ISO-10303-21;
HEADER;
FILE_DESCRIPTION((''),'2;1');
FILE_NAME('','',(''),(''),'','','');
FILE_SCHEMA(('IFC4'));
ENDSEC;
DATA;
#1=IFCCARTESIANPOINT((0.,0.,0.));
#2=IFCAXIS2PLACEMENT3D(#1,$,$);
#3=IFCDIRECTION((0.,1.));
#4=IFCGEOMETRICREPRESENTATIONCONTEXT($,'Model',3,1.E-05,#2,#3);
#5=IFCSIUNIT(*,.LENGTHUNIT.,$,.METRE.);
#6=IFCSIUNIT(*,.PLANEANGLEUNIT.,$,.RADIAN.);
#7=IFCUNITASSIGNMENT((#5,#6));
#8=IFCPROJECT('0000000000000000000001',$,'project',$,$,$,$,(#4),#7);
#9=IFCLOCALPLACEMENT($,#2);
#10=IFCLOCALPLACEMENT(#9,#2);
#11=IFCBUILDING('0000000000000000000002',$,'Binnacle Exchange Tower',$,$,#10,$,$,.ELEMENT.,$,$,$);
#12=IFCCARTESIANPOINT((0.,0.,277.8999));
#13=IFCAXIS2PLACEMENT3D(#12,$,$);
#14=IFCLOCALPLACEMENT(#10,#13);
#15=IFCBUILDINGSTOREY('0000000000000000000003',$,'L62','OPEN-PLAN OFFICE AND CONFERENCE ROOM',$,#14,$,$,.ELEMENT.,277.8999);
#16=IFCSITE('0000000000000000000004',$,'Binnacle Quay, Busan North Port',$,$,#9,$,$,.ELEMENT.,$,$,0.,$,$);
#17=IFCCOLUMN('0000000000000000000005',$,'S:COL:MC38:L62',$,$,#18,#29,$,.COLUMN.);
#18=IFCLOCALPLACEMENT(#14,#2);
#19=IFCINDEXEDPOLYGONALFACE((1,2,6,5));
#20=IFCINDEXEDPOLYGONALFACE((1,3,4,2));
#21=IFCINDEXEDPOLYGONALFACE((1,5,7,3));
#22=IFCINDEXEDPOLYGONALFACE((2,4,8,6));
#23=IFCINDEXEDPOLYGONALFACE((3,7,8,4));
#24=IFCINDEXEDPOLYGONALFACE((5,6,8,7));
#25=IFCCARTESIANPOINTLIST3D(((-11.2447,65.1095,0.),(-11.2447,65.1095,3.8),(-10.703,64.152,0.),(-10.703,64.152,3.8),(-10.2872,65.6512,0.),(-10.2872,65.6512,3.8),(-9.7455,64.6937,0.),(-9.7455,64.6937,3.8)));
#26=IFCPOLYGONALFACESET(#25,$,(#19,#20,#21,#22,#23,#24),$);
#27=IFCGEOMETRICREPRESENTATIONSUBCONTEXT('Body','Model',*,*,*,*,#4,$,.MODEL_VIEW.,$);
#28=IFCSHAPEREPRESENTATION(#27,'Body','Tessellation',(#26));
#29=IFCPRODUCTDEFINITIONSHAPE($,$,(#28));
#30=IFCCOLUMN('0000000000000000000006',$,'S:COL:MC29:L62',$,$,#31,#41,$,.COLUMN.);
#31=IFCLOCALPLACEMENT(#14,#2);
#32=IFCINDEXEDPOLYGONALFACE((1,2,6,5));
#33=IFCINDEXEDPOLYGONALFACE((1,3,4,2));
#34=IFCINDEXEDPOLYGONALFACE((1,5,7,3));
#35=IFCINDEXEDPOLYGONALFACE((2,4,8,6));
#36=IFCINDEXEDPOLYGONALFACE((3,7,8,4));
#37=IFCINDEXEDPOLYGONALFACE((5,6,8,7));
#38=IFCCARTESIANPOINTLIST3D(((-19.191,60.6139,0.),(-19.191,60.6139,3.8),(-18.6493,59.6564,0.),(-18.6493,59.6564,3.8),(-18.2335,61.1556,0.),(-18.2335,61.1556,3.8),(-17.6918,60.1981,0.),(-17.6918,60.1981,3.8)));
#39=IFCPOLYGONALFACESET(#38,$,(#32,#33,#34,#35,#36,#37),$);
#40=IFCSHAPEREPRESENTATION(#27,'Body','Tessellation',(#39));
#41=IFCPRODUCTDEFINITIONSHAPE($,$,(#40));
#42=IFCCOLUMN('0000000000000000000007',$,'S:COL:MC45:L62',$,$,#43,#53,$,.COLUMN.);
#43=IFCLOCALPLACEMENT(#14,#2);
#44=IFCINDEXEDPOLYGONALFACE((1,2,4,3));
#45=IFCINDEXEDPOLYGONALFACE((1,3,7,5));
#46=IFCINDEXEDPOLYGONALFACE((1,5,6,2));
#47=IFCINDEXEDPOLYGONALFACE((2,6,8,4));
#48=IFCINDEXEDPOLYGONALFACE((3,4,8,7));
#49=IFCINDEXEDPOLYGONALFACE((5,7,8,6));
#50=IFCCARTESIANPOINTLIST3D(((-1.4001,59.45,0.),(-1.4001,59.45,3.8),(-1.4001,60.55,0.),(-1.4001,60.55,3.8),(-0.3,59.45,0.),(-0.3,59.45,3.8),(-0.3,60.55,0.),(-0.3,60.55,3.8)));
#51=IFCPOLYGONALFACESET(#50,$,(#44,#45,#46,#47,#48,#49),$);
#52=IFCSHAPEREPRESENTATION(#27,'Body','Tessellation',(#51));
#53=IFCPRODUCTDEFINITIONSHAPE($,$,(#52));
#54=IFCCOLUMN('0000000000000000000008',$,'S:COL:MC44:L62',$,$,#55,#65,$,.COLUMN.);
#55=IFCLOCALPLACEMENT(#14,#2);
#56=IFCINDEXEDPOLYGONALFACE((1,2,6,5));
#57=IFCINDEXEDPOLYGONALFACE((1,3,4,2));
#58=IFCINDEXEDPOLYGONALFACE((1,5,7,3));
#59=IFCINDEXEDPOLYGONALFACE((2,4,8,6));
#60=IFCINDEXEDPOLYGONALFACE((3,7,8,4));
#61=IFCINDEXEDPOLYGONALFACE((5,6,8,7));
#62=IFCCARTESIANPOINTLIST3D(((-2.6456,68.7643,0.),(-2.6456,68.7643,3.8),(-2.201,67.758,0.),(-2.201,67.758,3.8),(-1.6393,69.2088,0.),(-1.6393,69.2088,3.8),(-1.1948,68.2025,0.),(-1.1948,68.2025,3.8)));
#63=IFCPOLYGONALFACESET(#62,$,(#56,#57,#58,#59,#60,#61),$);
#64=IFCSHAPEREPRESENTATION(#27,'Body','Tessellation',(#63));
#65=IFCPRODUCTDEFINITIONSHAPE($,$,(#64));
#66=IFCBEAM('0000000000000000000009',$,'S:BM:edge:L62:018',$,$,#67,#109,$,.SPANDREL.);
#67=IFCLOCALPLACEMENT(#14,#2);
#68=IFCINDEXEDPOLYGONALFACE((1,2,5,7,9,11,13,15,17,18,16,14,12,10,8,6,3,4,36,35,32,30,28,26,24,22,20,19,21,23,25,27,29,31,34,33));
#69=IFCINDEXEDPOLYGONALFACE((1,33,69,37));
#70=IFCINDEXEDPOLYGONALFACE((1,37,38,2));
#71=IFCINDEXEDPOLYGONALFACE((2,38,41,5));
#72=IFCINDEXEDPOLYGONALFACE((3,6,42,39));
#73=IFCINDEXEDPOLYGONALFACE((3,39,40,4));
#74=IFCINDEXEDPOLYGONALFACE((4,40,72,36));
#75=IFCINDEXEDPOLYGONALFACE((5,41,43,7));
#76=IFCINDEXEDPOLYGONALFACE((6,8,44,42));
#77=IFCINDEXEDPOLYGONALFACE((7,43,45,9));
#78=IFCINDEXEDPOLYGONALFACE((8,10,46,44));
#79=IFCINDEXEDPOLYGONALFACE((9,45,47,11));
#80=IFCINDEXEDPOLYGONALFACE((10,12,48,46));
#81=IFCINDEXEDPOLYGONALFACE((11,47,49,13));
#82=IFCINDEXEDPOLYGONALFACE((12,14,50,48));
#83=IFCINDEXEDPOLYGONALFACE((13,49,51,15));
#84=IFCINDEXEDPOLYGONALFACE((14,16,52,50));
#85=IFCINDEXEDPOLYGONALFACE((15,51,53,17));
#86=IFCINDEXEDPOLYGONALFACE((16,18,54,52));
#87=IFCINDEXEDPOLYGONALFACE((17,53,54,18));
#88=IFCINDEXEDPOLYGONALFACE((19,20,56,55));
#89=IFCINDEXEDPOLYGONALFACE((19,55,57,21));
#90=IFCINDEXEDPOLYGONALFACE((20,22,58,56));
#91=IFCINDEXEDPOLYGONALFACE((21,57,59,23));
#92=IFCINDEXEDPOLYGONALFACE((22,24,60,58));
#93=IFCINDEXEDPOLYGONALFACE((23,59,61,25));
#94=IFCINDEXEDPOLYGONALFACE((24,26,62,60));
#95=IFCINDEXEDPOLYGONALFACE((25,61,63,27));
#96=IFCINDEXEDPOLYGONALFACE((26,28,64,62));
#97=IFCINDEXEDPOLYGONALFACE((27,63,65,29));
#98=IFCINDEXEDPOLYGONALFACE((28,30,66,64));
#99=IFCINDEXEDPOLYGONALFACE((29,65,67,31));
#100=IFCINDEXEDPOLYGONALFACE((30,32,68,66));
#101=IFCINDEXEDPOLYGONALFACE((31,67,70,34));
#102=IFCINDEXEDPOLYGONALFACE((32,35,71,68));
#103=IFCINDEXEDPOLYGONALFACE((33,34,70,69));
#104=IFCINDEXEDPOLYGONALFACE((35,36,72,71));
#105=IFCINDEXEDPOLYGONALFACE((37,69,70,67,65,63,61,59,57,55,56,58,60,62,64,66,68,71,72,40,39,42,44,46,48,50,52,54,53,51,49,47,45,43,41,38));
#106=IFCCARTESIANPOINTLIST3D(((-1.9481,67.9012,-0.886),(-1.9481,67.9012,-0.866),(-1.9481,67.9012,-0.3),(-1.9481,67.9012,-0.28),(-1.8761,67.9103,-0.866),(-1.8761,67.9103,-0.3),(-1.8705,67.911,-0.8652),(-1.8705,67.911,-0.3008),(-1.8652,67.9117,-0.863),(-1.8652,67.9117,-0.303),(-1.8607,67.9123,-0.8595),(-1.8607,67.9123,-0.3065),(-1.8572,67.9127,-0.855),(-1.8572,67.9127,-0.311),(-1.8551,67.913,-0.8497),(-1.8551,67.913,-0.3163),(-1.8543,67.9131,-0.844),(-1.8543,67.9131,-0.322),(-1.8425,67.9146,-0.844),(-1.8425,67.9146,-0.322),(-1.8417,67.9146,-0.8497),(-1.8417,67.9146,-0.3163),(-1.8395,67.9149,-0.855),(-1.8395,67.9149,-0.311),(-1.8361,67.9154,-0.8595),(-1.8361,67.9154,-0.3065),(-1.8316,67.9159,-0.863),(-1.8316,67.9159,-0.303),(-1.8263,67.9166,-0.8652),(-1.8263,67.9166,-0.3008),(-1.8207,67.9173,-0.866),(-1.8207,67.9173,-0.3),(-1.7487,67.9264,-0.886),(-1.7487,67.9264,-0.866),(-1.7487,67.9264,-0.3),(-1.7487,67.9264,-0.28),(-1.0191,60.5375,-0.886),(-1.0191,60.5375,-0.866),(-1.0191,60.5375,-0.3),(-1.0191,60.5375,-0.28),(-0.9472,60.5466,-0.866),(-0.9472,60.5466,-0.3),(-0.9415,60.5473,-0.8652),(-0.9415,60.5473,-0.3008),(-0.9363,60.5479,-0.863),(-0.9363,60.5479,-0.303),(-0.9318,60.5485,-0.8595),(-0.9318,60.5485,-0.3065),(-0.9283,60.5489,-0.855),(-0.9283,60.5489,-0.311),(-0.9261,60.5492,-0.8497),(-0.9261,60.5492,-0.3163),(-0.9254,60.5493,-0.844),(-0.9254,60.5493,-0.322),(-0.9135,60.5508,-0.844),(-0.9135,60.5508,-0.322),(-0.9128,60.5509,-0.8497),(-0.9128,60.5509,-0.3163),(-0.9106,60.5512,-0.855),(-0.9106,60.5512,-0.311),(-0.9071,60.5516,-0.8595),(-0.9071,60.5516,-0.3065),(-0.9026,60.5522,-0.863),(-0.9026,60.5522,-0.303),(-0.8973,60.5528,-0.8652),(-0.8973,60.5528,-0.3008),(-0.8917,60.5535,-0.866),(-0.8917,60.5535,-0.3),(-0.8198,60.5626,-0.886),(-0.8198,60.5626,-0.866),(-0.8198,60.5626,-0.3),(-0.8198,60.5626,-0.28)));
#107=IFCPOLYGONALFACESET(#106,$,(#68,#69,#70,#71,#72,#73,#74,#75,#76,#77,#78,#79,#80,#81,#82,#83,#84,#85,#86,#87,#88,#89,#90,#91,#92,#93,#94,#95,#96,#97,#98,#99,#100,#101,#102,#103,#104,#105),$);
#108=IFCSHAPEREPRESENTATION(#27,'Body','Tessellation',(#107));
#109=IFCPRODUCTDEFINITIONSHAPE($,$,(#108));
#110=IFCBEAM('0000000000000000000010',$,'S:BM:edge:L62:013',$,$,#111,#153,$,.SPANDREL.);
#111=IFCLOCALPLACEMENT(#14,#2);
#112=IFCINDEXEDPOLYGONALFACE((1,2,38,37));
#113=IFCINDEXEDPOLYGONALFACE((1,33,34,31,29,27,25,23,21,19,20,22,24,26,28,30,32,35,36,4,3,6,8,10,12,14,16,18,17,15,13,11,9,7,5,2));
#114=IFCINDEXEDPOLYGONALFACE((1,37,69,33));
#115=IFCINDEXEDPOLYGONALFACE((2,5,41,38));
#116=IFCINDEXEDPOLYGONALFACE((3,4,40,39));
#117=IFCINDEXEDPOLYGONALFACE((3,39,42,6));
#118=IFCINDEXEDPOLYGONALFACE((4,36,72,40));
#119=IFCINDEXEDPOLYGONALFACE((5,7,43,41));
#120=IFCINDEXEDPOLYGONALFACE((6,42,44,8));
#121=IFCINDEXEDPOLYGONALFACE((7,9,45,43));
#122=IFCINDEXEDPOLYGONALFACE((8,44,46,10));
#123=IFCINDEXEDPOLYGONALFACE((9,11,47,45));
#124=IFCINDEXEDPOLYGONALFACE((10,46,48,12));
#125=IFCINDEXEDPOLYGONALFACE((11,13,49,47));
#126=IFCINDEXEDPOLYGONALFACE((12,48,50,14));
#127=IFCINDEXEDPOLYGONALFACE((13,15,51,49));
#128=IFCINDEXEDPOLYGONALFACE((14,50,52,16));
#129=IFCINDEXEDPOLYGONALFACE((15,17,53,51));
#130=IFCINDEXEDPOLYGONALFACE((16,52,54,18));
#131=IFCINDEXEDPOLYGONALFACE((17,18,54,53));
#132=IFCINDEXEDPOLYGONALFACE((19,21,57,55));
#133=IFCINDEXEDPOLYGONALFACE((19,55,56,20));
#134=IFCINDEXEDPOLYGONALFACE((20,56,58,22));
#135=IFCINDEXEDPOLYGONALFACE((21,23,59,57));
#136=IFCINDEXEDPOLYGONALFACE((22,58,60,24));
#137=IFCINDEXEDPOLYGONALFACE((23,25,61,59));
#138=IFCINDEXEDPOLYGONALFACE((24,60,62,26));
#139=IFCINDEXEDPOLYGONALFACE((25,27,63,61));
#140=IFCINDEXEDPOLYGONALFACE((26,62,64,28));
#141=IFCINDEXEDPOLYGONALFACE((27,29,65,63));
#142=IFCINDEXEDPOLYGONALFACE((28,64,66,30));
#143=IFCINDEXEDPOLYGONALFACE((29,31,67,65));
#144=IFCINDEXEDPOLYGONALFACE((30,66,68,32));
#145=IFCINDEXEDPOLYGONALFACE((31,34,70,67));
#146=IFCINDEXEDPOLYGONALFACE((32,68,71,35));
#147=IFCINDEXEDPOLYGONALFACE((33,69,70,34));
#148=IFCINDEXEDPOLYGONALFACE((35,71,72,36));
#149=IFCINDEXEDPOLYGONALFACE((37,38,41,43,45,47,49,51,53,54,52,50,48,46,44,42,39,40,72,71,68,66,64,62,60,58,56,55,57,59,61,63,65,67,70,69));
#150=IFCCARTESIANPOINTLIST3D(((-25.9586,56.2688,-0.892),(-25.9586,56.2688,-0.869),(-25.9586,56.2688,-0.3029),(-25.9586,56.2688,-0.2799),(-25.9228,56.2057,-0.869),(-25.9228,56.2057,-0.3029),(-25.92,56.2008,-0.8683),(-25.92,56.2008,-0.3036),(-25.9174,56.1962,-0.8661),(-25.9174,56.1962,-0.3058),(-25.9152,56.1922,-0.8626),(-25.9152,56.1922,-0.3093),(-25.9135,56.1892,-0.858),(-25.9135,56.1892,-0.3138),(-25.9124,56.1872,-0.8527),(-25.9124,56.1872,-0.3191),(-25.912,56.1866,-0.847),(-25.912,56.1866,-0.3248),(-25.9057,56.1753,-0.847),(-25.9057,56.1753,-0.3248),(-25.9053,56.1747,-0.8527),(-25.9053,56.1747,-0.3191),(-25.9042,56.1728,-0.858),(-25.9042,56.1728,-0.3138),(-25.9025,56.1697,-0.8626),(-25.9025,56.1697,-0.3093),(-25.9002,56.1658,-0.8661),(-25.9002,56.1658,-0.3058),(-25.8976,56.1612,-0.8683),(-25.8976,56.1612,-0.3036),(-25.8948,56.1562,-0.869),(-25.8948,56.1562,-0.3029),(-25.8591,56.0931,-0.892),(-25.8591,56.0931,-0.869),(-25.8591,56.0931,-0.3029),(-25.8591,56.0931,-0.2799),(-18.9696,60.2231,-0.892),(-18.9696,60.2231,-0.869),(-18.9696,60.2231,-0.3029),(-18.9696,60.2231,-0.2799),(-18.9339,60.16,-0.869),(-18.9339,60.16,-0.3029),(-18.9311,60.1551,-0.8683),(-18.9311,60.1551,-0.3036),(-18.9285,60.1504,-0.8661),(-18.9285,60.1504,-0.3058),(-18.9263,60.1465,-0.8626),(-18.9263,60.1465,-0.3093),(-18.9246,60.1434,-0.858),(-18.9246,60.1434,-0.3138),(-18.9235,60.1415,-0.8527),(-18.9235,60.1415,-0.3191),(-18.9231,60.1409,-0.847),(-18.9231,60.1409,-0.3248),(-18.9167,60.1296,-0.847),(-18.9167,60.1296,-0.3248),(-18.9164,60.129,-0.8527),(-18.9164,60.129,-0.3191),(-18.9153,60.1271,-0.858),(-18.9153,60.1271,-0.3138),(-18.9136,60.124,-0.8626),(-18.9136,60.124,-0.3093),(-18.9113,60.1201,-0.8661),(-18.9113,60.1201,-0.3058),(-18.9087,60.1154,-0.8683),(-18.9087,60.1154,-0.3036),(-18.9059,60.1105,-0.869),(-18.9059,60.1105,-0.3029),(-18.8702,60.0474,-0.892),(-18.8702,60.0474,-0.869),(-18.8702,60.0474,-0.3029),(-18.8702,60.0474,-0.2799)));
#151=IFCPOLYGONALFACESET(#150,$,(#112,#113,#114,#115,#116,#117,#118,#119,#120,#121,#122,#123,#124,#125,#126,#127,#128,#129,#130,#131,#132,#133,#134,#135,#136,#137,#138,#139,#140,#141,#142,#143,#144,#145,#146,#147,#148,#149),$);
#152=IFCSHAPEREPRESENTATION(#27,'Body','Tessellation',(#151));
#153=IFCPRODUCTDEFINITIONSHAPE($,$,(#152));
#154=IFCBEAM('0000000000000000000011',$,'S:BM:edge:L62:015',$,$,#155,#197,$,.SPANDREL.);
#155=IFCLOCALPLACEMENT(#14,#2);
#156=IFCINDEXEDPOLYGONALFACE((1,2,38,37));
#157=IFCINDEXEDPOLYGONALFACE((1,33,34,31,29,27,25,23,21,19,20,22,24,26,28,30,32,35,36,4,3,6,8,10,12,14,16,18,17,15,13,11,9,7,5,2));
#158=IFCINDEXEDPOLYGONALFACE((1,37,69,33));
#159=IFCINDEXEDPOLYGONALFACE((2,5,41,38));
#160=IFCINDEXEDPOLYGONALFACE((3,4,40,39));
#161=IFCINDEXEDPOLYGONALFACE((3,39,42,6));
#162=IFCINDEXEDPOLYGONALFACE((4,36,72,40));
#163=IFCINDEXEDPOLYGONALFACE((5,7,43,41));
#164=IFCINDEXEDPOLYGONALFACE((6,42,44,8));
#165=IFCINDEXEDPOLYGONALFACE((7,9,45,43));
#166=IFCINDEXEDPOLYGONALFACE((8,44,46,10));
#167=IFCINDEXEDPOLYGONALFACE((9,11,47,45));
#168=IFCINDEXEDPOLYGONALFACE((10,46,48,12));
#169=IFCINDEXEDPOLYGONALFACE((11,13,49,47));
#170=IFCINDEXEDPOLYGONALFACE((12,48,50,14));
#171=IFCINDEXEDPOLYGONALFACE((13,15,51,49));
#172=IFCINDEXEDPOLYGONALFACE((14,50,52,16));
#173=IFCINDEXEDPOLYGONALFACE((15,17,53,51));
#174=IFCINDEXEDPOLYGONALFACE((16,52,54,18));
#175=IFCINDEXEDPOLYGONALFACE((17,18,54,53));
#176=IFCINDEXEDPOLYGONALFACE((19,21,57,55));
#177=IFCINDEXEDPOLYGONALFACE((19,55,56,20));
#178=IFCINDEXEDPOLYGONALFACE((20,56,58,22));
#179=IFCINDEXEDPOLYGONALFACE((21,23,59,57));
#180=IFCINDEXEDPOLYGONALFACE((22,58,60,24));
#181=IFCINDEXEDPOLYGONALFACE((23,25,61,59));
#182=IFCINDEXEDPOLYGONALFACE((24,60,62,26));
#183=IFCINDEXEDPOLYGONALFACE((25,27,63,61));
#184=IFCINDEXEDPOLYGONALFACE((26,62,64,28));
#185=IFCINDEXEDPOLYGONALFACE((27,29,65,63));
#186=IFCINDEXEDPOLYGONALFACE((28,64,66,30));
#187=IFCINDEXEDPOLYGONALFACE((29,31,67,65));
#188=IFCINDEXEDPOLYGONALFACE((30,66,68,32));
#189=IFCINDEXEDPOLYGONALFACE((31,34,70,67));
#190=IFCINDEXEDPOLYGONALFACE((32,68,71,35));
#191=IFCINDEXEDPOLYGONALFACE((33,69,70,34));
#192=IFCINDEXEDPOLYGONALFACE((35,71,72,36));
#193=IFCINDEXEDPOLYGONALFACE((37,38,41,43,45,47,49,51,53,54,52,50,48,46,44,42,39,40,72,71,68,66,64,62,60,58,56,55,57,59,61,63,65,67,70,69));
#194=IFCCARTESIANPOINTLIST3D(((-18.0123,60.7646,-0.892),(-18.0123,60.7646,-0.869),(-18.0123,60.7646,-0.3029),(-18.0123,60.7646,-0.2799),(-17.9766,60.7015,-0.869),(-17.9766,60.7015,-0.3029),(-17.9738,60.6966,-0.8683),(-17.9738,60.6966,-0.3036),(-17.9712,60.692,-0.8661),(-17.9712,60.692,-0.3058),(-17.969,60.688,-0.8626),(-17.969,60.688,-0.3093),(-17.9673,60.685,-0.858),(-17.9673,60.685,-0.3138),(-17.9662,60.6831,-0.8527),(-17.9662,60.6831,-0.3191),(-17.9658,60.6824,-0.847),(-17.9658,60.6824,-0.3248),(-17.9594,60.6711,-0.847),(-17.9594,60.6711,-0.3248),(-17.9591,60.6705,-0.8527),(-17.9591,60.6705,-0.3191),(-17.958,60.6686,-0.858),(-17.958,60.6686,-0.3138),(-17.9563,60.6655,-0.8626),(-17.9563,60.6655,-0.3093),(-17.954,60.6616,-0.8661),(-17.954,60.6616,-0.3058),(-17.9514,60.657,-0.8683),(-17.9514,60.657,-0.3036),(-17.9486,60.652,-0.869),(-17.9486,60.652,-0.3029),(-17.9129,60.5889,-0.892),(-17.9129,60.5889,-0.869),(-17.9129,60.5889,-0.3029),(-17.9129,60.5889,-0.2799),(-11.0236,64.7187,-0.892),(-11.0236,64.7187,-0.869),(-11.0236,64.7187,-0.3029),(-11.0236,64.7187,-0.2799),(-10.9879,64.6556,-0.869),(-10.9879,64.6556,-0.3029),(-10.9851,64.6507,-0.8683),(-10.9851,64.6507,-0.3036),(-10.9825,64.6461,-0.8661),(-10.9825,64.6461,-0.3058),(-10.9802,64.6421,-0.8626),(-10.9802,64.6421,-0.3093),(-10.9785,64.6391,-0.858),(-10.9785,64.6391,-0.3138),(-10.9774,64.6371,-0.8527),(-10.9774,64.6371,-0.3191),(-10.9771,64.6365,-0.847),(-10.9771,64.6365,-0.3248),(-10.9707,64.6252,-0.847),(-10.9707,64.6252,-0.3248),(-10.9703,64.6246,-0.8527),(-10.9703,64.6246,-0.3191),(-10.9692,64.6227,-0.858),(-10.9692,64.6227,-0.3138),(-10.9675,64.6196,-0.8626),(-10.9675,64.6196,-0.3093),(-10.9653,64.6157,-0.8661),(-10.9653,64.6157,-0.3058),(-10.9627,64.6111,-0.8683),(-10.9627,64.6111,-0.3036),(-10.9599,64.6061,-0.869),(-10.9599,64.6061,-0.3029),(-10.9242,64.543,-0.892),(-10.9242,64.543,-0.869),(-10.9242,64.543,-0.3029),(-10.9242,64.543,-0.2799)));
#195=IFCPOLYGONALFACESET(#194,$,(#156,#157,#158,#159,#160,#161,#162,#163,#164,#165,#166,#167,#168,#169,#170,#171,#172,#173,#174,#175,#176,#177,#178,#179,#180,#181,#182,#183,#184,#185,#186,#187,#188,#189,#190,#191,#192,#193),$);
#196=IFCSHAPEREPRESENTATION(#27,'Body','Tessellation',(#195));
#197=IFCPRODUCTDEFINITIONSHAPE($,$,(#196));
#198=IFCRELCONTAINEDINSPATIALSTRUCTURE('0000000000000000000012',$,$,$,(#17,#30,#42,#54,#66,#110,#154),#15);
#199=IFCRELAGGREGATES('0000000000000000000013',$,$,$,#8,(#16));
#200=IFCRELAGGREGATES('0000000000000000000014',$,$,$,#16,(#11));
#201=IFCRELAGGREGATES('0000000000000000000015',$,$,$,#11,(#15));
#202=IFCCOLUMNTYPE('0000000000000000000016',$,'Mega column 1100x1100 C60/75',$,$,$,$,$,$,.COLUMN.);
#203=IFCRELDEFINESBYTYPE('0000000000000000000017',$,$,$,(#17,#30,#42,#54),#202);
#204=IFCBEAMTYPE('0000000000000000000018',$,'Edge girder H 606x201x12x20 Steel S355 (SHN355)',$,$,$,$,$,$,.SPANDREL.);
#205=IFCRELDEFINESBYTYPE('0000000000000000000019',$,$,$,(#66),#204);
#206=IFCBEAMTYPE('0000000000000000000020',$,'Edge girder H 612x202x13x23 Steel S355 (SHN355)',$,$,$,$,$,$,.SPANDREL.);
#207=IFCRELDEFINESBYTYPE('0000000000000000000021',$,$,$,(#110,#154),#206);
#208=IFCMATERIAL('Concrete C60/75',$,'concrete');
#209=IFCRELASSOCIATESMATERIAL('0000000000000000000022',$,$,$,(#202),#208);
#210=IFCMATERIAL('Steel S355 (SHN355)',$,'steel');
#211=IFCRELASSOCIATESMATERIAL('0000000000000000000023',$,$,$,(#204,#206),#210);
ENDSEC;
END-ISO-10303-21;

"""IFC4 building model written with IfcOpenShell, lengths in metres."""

from ifc_helpers import new_model, si_unit, direction, frame, origin, origin_2d, place, context, subcontext, project, spatial, rectangle, i_section, extrude, material, material_profile, profile_set, type_object, element, save


model = new_model("IFC4")

# Units and contexts
model_context = context("Model", 3, precision=1e-05, world=origin(), true_north=direction((0.0, 1.0)))
body_context = subcontext(model_context, "Body", "Model", "MODEL_VIEW")
ifc_project = project(units=[si_unit("LENGTHUNIT", "METRE"), si_unit("PLANEANGLEUNIT", "RADIAN")], contexts=[model_context])

# Site, building, storey
site_placement = place(None, origin())
site = spatial("IfcSite", under=ifc_project, at=site_placement, Name="Binnacle Quay, Busan North Port", CompositionType="ELEMENT", RefElevation=0.0)
building_placement = place(site_placement, origin())
building = spatial("IfcBuilding", under=site, at=building_placement, Name="Binnacle Exchange Tower", CompositionType="ELEMENT")
storey_placement = place(building_placement, frame((0.0, 0.0, 277.8999)))
storey = spatial("IfcBuildingStorey", under=building, at=storey_placement, Name="L62", Description="OPEN-PLAN OFFICE AND CONFERENCE ROOM", CompositionType="ELEMENT", Elevation=277.8999)

# Columns
ifc_material_1 = material(Name="Concrete C60/75", Category="concrete")
ifc_material_profile_1 = material_profile(ifc_material_1, rectangle(XDim=1.1001, YDim=1.1001, at=origin_2d()), Name="Mega column 1100x1100 C60/75")
ifc_profile_set_1 = profile_set([ifc_material_profile_1], Name="Concrete C60/75")
column_type = type_object("IfcColumnType", Name="Mega column 1100x1100 C60/75", PredefinedType="COLUMN", material=ifc_profile_set_1)
for number, where, z_axis, x_axis, name in (
    (1, (-10.4951, 64.9016, 0.0), (0.0, 0.0, 1.0), (-0.870356, -0.492424, 0.0), "S:COL:MC38:L62"),
    (2, (-18.4414, 60.406, 0.0), (0.0, 0.0, 1.0), (-0.870356, -0.492424, 0.0), "S:COL:MC29:L62"),
    (3, (-0.8501, 60.0, 0.0), (0.0, 0.0, 1.0), (0.0, 1.0, 0.0), "S:COL:MC45:L62"),
    (4, (-1.9202, 68.4834, 0.0), (0.0, 0.0, 1.0), (-0.914713, -0.404104, 0.0), "S:COL:MC44:L62"),
):
    element("IfcColumn", number, at=place(storey_placement, frame(where, z_axis=z_axis, x_axis=x_axis)), inside=storey, type_object=column_type, Name=name, PredefinedType="COLUMN", context=body_context, shape_type="SweptSolid", body=[
        extrude(rectangle(XDim=1.1001, YDim=1.1001, at=origin_2d()), origin(), (0.0, 0.0, 1.0), 3.8),
    ])

# Beams
ifc_material_2 = material(Name="Steel S355 (SHN355)", Category="steel")
ifc_material_profile_2 = material_profile(ifc_material_2, i_section(OverallWidth=0.2009, OverallDepth=0.606, WebThickness=0.012, FlangeThickness=0.02, FilletRadius=0.022, at=origin_2d()), Name="H 606x201x12x20")
ifc_profile_set_2 = profile_set([ifc_material_profile_2], Name="Steel S355 (SHN355)")
beam_type_1 = type_object("IfcBeamType", Name="Edge girder H 606x201x12x20 Steel S355 (SHN355)", PredefinedType="SPANDREL", material=ifc_profile_set_2)
beam_1_placement = place(storey_placement, frame((-0.9194, 60.55, -0.583), z_axis=(-0.12516, 0.992137, 0.0), x_axis=(-0.992137, -0.12516, 0.0)))
element("IfcBeam", 5, at=beam_1_placement, inside=storey, type_object=beam_type_1, Name="S:BM:edge:L62:018", PredefinedType="SPANDREL", context=body_context, shape_type="SweptSolid", body=[
    extrude(i_section(OverallWidth=0.2009, OverallDepth=0.606, WebThickness=0.012, FlangeThickness=0.02, FilletRadius=0.022, at=origin_2d()), origin(), (0.0, 0.0, 1.0), 7.4221),
])
ifc_material_profile_3 = material_profile(ifc_material_2, i_section(OverallWidth=0.2019, OverallDepth=0.6121, WebThickness=0.0129, FlangeThickness=0.0229, FilletRadius=0.022, at=origin_2d()), Name="H 612x202x13x23")
ifc_profile_set_3 = profile_set([ifc_material_profile_3], Name="Steel S355 (SHN355)")
beam_type_2 = type_object("IfcBeamType", Name="Edge girder H 612x202x13x23 Steel S355 (SHN355)", PredefinedType="SPANDREL", material=ifc_profile_set_3)
beam_2_placement = place(storey_placement, frame((-18.9199, 60.1353, -0.5859), z_axis=(-0.870348, -0.492438, 0.0), x_axis=(0.492438, -0.870348, 0.0)))
element("IfcBeam", 6, at=beam_2_placement, inside=storey, type_object=beam_type_2, Name="S:BM:edge:L62:013", PredefinedType="SPANDREL", context=body_context, shape_type="SweptSolid", body=[
    extrude(i_section(OverallWidth=0.2019, OverallDepth=0.6121, WebThickness=0.0129, FlangeThickness=0.0229, FilletRadius=0.022, at=origin_2d()), origin(), (0.0, 0.0, 1.0), 8.03),
])
beam_3_placement = place(storey_placement, frame((-10.9739, 64.6309, -0.5859), z_axis=(-0.870353, -0.492428, 0.0), x_axis=(0.492428, -0.870353, 0.0)))
element("IfcBeam", 7, at=beam_3_placement, inside=storey, type_object=beam_type_2, Name="S:BM:edge:L62:015", PredefinedType="SPANDREL", context=body_context, shape_type="SweptSolid", body=[
    extrude(i_section(OverallWidth=0.2019, OverallDepth=0.6121, WebThickness=0.0129, FlangeThickness=0.0229, FilletRadius=0.022, at=origin_2d()), origin(), (0.0, 0.0, 1.0), 8.0298),
])

save(model, "model.ifc")
